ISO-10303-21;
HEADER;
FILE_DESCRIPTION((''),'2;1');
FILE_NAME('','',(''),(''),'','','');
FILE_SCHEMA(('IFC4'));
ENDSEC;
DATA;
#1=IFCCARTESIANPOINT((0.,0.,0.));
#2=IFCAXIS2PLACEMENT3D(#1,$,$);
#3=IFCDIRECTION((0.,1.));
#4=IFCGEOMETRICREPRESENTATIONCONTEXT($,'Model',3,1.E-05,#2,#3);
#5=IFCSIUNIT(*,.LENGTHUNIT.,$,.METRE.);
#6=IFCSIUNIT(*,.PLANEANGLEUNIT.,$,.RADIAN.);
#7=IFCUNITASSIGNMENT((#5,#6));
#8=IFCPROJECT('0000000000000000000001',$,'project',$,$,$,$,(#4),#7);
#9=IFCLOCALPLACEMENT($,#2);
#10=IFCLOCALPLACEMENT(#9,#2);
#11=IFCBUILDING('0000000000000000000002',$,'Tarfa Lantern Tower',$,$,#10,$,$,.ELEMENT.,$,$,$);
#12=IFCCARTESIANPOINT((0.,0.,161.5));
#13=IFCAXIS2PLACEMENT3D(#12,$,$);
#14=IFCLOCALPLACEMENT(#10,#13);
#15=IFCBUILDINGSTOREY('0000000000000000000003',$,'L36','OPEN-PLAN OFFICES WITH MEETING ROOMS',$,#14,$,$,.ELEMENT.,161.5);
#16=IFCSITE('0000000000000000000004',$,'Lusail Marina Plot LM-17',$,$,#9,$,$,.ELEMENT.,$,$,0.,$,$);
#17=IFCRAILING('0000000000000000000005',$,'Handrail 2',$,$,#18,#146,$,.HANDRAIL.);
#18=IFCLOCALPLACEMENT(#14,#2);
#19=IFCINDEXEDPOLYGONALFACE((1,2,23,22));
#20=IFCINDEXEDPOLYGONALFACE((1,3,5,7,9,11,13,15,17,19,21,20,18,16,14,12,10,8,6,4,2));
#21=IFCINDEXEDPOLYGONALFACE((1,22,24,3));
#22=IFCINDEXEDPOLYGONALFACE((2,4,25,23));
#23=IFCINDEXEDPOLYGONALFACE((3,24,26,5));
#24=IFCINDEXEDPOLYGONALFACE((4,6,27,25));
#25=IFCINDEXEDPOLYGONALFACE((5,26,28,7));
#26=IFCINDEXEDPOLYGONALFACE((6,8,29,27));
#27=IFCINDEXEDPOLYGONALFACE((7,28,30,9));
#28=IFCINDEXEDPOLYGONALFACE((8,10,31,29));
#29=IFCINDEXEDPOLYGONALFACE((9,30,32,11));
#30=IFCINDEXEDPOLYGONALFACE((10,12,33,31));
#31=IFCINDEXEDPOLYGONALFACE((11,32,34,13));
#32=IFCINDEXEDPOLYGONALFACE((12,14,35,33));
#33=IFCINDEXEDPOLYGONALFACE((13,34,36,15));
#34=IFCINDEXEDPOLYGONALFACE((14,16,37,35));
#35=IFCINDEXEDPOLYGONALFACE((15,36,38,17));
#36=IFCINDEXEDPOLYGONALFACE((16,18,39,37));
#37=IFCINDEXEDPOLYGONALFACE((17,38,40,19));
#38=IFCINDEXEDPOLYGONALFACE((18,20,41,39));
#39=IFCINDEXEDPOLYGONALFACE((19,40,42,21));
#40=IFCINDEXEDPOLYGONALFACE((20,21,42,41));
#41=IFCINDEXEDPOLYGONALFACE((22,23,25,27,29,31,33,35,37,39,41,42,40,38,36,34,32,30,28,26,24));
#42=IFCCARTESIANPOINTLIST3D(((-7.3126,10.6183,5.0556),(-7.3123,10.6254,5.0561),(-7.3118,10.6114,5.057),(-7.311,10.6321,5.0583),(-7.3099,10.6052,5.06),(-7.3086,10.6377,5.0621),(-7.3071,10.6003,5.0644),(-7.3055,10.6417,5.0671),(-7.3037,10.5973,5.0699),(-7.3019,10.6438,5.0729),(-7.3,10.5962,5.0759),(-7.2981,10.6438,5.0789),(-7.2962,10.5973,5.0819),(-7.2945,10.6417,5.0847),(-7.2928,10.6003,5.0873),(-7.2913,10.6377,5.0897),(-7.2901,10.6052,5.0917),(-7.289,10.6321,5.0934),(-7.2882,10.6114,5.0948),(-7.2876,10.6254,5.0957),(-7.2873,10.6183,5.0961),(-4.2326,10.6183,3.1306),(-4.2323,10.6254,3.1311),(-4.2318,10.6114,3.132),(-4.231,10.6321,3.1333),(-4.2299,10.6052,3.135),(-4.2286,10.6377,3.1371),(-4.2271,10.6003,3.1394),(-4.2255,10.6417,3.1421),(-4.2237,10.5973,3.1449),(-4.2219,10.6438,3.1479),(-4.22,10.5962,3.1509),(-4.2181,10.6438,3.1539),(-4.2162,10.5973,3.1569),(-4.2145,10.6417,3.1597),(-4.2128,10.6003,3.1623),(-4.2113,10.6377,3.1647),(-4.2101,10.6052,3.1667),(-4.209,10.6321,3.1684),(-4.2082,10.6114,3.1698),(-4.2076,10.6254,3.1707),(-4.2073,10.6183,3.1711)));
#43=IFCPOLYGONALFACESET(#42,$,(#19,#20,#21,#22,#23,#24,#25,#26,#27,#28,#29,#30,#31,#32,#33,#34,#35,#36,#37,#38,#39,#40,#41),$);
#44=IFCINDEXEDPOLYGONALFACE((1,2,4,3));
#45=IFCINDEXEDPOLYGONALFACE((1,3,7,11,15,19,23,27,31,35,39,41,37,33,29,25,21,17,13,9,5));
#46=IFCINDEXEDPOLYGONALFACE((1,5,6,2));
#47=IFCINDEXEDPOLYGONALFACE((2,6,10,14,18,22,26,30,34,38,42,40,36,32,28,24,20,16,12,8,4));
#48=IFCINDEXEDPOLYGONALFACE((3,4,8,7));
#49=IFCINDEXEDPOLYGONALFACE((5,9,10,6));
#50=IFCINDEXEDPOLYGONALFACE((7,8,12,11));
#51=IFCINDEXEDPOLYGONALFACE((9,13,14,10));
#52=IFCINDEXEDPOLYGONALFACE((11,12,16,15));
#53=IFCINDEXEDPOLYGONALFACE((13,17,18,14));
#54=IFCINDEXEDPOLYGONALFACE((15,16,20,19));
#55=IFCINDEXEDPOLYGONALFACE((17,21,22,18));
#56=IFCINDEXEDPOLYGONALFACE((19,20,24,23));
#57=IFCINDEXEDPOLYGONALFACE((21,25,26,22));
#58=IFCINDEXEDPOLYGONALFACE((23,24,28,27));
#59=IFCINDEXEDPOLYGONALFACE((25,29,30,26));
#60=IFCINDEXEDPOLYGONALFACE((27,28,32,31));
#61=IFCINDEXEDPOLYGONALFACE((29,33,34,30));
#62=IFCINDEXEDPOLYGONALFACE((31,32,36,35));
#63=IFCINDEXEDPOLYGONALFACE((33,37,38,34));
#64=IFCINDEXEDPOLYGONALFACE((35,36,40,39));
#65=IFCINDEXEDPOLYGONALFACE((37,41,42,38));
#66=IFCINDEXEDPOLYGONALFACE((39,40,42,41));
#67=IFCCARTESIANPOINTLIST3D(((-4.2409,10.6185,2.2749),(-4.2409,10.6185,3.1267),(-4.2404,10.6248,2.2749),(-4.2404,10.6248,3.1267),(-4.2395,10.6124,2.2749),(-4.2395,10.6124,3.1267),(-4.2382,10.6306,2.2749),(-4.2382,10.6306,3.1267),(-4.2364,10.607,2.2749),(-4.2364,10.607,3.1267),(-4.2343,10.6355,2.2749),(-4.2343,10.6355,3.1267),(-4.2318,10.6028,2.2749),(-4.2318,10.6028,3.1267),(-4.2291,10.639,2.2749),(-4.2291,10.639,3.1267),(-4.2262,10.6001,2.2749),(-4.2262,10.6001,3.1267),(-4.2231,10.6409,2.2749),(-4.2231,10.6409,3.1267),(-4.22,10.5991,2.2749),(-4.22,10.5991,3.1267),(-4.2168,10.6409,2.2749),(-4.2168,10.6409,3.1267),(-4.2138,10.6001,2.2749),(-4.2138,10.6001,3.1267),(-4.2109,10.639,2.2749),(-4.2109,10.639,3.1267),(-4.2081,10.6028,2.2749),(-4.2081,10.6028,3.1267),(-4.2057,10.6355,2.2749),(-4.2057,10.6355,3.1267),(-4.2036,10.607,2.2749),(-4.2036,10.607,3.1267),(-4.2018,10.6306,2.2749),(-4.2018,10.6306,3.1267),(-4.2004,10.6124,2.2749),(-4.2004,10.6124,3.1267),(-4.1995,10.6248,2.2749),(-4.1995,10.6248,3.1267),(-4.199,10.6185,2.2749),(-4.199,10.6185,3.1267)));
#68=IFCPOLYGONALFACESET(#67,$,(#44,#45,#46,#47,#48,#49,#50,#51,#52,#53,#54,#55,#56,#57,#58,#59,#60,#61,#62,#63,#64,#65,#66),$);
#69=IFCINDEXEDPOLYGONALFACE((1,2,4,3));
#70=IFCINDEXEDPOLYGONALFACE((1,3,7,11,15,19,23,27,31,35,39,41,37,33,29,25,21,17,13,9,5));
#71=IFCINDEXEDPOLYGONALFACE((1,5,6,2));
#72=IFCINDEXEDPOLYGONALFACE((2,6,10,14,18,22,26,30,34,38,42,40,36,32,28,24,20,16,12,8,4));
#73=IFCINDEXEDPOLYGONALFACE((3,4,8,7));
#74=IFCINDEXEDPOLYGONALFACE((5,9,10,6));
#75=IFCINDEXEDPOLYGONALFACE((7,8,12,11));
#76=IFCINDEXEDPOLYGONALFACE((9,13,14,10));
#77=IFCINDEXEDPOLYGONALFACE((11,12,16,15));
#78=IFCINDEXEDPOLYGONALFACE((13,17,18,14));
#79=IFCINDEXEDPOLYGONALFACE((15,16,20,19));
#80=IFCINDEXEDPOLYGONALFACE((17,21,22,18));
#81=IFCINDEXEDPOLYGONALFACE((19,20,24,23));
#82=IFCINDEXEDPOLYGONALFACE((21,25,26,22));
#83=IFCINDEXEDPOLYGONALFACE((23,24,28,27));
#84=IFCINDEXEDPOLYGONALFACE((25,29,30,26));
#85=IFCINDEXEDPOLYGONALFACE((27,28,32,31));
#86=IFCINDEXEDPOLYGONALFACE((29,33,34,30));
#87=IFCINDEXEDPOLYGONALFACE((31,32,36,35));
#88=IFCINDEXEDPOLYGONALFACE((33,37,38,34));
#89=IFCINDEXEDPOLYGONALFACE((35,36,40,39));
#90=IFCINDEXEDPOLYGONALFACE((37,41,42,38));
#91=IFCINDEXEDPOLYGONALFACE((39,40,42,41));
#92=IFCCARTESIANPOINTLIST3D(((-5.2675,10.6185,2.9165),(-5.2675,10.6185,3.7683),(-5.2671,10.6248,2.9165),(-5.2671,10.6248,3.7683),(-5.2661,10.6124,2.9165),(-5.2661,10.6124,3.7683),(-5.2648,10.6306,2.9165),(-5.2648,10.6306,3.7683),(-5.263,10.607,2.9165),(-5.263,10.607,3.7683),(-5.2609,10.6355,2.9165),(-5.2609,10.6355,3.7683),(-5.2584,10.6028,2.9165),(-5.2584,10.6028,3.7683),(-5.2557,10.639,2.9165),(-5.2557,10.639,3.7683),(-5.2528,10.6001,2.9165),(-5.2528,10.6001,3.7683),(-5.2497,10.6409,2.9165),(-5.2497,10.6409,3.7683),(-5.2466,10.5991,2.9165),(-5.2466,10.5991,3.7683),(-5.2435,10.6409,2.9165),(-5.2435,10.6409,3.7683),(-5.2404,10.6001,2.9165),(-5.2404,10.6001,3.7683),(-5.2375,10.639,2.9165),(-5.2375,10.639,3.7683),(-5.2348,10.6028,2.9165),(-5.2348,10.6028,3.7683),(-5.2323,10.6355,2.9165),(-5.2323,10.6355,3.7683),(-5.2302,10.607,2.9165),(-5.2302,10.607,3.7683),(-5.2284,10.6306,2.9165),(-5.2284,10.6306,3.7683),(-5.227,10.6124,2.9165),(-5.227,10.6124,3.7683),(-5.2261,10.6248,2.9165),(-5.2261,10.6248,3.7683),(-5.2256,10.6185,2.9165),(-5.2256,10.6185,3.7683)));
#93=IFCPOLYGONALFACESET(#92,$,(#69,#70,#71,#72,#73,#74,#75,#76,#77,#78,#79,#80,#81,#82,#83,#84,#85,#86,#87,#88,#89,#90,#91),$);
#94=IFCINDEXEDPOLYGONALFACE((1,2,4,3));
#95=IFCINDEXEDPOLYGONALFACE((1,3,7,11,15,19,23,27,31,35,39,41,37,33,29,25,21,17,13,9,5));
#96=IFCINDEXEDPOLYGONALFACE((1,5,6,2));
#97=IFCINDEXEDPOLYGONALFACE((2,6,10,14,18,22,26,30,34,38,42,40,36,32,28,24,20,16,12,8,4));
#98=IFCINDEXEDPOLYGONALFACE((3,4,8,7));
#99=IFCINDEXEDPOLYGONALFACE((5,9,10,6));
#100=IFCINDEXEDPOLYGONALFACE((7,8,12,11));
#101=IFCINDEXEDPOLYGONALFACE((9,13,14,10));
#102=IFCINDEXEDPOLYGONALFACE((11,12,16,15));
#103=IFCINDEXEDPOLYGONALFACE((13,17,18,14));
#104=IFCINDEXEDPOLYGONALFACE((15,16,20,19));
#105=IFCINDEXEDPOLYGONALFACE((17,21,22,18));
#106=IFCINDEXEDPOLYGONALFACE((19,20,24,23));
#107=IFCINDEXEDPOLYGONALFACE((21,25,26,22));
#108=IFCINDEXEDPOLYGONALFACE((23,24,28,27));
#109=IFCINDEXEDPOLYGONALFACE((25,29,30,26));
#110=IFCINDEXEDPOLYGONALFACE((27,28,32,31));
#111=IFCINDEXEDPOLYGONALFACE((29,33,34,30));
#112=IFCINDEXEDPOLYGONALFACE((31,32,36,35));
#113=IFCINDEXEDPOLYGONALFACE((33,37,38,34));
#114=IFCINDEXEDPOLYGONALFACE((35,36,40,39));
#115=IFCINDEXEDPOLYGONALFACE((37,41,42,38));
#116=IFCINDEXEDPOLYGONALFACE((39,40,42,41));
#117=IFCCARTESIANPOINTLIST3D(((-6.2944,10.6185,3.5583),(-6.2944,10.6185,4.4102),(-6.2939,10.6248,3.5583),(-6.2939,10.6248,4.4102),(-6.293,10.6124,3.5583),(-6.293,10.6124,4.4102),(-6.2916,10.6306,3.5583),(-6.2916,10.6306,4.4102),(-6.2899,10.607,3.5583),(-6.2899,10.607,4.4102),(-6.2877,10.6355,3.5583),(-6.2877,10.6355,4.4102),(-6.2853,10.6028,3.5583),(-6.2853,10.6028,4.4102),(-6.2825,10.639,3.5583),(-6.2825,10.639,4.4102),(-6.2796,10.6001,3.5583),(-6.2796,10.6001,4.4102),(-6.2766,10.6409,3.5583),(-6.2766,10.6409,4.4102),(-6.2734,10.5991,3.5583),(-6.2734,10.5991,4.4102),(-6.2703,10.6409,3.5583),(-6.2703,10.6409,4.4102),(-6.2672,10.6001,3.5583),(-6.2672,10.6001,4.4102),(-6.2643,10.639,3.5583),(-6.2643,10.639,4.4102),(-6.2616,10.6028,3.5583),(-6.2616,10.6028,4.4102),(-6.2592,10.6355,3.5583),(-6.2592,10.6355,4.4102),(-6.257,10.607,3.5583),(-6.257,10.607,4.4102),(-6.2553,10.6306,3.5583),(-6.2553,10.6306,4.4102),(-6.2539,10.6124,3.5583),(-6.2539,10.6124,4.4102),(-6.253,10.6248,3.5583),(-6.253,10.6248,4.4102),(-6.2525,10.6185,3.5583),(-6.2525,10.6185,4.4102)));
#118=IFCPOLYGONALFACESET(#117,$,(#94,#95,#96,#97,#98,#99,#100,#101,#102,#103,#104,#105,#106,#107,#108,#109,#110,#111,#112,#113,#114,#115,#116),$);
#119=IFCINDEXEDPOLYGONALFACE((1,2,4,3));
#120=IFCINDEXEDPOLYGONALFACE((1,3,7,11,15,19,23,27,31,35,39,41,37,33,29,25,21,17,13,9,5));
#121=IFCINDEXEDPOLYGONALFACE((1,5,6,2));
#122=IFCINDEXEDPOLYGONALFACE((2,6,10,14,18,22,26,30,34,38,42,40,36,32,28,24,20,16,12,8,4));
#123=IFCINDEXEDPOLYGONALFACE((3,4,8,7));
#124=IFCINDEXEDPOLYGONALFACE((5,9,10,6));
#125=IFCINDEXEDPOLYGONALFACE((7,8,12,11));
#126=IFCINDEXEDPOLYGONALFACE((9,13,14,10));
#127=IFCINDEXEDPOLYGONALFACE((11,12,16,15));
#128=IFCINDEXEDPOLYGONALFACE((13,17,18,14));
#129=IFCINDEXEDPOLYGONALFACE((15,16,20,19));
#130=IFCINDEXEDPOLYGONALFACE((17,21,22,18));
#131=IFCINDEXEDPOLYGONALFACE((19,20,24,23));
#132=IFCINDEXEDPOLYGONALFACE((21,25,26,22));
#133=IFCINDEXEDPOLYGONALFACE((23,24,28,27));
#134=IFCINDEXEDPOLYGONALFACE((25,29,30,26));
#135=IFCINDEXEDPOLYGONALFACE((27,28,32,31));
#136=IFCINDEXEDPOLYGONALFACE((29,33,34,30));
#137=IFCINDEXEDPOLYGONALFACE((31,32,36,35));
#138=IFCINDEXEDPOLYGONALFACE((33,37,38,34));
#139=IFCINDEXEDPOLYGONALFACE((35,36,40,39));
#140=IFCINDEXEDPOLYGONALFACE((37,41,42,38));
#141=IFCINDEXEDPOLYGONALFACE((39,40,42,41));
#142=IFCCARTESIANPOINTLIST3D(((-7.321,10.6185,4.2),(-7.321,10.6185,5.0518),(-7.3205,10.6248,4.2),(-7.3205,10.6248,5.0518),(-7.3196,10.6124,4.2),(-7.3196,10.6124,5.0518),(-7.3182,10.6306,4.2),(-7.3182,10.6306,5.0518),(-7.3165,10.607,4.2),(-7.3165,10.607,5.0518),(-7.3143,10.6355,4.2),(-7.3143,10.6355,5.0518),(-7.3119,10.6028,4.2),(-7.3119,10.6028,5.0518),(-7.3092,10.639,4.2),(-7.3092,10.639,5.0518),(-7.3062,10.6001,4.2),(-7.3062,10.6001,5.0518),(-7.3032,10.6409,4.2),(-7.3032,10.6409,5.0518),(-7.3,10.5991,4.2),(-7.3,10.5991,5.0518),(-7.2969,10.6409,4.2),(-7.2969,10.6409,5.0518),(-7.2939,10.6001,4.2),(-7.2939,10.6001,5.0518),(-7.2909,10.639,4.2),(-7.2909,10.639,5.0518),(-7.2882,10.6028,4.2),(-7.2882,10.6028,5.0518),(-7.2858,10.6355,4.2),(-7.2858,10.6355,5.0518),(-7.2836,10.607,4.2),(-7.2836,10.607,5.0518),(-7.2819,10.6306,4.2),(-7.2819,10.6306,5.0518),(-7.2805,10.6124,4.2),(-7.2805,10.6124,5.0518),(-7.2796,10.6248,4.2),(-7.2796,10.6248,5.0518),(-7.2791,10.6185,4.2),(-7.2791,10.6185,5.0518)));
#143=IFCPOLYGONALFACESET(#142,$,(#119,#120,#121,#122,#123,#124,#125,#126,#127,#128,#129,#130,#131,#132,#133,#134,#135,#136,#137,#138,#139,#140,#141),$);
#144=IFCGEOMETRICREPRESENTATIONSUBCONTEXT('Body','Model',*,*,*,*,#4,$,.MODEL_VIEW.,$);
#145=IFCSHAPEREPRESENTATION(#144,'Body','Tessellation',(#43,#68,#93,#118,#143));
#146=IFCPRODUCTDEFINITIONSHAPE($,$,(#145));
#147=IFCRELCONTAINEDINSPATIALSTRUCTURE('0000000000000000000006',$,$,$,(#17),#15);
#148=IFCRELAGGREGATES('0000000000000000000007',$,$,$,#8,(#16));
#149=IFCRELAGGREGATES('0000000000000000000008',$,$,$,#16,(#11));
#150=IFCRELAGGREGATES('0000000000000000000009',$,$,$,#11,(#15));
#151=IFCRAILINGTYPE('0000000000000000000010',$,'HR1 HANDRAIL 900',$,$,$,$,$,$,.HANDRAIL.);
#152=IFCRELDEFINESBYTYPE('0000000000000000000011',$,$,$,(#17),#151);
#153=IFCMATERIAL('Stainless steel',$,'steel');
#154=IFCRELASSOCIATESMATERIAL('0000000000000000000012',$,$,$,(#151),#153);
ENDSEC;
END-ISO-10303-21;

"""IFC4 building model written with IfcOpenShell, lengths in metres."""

from ifc_helpers import new_model, si_unit, direction, frame, origin, origin_2d, place, context, subcontext, project, spatial, circle, extrude, material, type_object, element, save


model = new_model("IFC4")

# Units and contexts
model_context = context("Model", 3, precision=1e-05, world=origin(), true_north=direction((0.0, 1.0)))
body_context = subcontext(model_context, "Body", "Model", "MODEL_VIEW")
ifc_project = project(units=[si_unit("LENGTHUNIT", "METRE"), si_unit("PLANEANGLEUNIT", "RADIAN")], contexts=[model_context])

# Site, building, storey
site_placement = place(None, origin())
site = spatial("IfcSite", under=ifc_project, at=site_placement, Name="Lusail Marina Plot LM-17", CompositionType="ELEMENT", RefElevation=0.0)
building_placement = place(site_placement, origin())
building = spatial("IfcBuilding", under=site, at=building_placement, Name="Tarfa Lantern Tower", CompositionType="ELEMENT")
storey_placement = place(building_placement, frame((0.0, 0.0, 161.5)))
storey = spatial("IfcBuildingStorey", under=building, at=storey_placement, Name="L36", Description="OPEN-PLAN OFFICES WITH MEETING ROOMS", CompositionType="ELEMENT", Elevation=161.5)

# Railing
ifc_material_1 = material(Name="Stainless steel", Category="steel")
railing_type = type_object("IfcRailingType", Name="HR1 HANDRAIL 900", PredefinedType="HANDRAIL", material=ifc_material_1)
railing_1_placement = place(storey_placement, frame((-4.22, 10.6201, 2.2749)))
element("IfcRailing", 1, at=railing_1_placement, inside=storey, type_object=railing_type, Name="Handrail 2", PredefinedType="HANDRAIL", context=body_context, shape_type="SweptSolid", body=[
    extrude(circle(Radius=0.0239, at=origin_2d()), frame((0.0, 0.0, 0.876), z_axis=(-0.847998, 0.0, 0.529999), x_axis=(0.0, -1.0, 0.0)), (0.0, 0.0, 1.0), 3.6321),
    extrude(circle(Radius=0.021, at=origin_2d()), frame((0.0, 0.0, 0.0), z_axis=(0.0, 0.0, 1.0), x_axis=(0.0, -1.0, 0.0)), (0.0, 0.0, 1.0), 0.8518),
    extrude(circle(Radius=0.021, at=origin_2d()), frame((-1.0266, 0.0, 0.6416), z_axis=(0.0, 0.0, 1.0), x_axis=(0.0, -1.0, 0.0)), (0.0, 0.0, 1.0), 0.8518),
    extrude(circle(Radius=0.021, at=origin_2d()), frame((-2.0535, 0.0, 1.2834), z_axis=(0.0, 0.0, 1.0), x_axis=(0.0, -1.0, 0.0)), (0.0, 0.0, 1.0), 0.8518),
    extrude(circle(Radius=0.021, at=origin_2d()), frame((-3.0801, 0.0, 1.925), z_axis=(0.0, 0.0, 1.0), x_axis=(0.0, -1.0, 0.0)), (0.0, 0.0, 1.0), 0.8518),
])

save(model, "model.ifc")
